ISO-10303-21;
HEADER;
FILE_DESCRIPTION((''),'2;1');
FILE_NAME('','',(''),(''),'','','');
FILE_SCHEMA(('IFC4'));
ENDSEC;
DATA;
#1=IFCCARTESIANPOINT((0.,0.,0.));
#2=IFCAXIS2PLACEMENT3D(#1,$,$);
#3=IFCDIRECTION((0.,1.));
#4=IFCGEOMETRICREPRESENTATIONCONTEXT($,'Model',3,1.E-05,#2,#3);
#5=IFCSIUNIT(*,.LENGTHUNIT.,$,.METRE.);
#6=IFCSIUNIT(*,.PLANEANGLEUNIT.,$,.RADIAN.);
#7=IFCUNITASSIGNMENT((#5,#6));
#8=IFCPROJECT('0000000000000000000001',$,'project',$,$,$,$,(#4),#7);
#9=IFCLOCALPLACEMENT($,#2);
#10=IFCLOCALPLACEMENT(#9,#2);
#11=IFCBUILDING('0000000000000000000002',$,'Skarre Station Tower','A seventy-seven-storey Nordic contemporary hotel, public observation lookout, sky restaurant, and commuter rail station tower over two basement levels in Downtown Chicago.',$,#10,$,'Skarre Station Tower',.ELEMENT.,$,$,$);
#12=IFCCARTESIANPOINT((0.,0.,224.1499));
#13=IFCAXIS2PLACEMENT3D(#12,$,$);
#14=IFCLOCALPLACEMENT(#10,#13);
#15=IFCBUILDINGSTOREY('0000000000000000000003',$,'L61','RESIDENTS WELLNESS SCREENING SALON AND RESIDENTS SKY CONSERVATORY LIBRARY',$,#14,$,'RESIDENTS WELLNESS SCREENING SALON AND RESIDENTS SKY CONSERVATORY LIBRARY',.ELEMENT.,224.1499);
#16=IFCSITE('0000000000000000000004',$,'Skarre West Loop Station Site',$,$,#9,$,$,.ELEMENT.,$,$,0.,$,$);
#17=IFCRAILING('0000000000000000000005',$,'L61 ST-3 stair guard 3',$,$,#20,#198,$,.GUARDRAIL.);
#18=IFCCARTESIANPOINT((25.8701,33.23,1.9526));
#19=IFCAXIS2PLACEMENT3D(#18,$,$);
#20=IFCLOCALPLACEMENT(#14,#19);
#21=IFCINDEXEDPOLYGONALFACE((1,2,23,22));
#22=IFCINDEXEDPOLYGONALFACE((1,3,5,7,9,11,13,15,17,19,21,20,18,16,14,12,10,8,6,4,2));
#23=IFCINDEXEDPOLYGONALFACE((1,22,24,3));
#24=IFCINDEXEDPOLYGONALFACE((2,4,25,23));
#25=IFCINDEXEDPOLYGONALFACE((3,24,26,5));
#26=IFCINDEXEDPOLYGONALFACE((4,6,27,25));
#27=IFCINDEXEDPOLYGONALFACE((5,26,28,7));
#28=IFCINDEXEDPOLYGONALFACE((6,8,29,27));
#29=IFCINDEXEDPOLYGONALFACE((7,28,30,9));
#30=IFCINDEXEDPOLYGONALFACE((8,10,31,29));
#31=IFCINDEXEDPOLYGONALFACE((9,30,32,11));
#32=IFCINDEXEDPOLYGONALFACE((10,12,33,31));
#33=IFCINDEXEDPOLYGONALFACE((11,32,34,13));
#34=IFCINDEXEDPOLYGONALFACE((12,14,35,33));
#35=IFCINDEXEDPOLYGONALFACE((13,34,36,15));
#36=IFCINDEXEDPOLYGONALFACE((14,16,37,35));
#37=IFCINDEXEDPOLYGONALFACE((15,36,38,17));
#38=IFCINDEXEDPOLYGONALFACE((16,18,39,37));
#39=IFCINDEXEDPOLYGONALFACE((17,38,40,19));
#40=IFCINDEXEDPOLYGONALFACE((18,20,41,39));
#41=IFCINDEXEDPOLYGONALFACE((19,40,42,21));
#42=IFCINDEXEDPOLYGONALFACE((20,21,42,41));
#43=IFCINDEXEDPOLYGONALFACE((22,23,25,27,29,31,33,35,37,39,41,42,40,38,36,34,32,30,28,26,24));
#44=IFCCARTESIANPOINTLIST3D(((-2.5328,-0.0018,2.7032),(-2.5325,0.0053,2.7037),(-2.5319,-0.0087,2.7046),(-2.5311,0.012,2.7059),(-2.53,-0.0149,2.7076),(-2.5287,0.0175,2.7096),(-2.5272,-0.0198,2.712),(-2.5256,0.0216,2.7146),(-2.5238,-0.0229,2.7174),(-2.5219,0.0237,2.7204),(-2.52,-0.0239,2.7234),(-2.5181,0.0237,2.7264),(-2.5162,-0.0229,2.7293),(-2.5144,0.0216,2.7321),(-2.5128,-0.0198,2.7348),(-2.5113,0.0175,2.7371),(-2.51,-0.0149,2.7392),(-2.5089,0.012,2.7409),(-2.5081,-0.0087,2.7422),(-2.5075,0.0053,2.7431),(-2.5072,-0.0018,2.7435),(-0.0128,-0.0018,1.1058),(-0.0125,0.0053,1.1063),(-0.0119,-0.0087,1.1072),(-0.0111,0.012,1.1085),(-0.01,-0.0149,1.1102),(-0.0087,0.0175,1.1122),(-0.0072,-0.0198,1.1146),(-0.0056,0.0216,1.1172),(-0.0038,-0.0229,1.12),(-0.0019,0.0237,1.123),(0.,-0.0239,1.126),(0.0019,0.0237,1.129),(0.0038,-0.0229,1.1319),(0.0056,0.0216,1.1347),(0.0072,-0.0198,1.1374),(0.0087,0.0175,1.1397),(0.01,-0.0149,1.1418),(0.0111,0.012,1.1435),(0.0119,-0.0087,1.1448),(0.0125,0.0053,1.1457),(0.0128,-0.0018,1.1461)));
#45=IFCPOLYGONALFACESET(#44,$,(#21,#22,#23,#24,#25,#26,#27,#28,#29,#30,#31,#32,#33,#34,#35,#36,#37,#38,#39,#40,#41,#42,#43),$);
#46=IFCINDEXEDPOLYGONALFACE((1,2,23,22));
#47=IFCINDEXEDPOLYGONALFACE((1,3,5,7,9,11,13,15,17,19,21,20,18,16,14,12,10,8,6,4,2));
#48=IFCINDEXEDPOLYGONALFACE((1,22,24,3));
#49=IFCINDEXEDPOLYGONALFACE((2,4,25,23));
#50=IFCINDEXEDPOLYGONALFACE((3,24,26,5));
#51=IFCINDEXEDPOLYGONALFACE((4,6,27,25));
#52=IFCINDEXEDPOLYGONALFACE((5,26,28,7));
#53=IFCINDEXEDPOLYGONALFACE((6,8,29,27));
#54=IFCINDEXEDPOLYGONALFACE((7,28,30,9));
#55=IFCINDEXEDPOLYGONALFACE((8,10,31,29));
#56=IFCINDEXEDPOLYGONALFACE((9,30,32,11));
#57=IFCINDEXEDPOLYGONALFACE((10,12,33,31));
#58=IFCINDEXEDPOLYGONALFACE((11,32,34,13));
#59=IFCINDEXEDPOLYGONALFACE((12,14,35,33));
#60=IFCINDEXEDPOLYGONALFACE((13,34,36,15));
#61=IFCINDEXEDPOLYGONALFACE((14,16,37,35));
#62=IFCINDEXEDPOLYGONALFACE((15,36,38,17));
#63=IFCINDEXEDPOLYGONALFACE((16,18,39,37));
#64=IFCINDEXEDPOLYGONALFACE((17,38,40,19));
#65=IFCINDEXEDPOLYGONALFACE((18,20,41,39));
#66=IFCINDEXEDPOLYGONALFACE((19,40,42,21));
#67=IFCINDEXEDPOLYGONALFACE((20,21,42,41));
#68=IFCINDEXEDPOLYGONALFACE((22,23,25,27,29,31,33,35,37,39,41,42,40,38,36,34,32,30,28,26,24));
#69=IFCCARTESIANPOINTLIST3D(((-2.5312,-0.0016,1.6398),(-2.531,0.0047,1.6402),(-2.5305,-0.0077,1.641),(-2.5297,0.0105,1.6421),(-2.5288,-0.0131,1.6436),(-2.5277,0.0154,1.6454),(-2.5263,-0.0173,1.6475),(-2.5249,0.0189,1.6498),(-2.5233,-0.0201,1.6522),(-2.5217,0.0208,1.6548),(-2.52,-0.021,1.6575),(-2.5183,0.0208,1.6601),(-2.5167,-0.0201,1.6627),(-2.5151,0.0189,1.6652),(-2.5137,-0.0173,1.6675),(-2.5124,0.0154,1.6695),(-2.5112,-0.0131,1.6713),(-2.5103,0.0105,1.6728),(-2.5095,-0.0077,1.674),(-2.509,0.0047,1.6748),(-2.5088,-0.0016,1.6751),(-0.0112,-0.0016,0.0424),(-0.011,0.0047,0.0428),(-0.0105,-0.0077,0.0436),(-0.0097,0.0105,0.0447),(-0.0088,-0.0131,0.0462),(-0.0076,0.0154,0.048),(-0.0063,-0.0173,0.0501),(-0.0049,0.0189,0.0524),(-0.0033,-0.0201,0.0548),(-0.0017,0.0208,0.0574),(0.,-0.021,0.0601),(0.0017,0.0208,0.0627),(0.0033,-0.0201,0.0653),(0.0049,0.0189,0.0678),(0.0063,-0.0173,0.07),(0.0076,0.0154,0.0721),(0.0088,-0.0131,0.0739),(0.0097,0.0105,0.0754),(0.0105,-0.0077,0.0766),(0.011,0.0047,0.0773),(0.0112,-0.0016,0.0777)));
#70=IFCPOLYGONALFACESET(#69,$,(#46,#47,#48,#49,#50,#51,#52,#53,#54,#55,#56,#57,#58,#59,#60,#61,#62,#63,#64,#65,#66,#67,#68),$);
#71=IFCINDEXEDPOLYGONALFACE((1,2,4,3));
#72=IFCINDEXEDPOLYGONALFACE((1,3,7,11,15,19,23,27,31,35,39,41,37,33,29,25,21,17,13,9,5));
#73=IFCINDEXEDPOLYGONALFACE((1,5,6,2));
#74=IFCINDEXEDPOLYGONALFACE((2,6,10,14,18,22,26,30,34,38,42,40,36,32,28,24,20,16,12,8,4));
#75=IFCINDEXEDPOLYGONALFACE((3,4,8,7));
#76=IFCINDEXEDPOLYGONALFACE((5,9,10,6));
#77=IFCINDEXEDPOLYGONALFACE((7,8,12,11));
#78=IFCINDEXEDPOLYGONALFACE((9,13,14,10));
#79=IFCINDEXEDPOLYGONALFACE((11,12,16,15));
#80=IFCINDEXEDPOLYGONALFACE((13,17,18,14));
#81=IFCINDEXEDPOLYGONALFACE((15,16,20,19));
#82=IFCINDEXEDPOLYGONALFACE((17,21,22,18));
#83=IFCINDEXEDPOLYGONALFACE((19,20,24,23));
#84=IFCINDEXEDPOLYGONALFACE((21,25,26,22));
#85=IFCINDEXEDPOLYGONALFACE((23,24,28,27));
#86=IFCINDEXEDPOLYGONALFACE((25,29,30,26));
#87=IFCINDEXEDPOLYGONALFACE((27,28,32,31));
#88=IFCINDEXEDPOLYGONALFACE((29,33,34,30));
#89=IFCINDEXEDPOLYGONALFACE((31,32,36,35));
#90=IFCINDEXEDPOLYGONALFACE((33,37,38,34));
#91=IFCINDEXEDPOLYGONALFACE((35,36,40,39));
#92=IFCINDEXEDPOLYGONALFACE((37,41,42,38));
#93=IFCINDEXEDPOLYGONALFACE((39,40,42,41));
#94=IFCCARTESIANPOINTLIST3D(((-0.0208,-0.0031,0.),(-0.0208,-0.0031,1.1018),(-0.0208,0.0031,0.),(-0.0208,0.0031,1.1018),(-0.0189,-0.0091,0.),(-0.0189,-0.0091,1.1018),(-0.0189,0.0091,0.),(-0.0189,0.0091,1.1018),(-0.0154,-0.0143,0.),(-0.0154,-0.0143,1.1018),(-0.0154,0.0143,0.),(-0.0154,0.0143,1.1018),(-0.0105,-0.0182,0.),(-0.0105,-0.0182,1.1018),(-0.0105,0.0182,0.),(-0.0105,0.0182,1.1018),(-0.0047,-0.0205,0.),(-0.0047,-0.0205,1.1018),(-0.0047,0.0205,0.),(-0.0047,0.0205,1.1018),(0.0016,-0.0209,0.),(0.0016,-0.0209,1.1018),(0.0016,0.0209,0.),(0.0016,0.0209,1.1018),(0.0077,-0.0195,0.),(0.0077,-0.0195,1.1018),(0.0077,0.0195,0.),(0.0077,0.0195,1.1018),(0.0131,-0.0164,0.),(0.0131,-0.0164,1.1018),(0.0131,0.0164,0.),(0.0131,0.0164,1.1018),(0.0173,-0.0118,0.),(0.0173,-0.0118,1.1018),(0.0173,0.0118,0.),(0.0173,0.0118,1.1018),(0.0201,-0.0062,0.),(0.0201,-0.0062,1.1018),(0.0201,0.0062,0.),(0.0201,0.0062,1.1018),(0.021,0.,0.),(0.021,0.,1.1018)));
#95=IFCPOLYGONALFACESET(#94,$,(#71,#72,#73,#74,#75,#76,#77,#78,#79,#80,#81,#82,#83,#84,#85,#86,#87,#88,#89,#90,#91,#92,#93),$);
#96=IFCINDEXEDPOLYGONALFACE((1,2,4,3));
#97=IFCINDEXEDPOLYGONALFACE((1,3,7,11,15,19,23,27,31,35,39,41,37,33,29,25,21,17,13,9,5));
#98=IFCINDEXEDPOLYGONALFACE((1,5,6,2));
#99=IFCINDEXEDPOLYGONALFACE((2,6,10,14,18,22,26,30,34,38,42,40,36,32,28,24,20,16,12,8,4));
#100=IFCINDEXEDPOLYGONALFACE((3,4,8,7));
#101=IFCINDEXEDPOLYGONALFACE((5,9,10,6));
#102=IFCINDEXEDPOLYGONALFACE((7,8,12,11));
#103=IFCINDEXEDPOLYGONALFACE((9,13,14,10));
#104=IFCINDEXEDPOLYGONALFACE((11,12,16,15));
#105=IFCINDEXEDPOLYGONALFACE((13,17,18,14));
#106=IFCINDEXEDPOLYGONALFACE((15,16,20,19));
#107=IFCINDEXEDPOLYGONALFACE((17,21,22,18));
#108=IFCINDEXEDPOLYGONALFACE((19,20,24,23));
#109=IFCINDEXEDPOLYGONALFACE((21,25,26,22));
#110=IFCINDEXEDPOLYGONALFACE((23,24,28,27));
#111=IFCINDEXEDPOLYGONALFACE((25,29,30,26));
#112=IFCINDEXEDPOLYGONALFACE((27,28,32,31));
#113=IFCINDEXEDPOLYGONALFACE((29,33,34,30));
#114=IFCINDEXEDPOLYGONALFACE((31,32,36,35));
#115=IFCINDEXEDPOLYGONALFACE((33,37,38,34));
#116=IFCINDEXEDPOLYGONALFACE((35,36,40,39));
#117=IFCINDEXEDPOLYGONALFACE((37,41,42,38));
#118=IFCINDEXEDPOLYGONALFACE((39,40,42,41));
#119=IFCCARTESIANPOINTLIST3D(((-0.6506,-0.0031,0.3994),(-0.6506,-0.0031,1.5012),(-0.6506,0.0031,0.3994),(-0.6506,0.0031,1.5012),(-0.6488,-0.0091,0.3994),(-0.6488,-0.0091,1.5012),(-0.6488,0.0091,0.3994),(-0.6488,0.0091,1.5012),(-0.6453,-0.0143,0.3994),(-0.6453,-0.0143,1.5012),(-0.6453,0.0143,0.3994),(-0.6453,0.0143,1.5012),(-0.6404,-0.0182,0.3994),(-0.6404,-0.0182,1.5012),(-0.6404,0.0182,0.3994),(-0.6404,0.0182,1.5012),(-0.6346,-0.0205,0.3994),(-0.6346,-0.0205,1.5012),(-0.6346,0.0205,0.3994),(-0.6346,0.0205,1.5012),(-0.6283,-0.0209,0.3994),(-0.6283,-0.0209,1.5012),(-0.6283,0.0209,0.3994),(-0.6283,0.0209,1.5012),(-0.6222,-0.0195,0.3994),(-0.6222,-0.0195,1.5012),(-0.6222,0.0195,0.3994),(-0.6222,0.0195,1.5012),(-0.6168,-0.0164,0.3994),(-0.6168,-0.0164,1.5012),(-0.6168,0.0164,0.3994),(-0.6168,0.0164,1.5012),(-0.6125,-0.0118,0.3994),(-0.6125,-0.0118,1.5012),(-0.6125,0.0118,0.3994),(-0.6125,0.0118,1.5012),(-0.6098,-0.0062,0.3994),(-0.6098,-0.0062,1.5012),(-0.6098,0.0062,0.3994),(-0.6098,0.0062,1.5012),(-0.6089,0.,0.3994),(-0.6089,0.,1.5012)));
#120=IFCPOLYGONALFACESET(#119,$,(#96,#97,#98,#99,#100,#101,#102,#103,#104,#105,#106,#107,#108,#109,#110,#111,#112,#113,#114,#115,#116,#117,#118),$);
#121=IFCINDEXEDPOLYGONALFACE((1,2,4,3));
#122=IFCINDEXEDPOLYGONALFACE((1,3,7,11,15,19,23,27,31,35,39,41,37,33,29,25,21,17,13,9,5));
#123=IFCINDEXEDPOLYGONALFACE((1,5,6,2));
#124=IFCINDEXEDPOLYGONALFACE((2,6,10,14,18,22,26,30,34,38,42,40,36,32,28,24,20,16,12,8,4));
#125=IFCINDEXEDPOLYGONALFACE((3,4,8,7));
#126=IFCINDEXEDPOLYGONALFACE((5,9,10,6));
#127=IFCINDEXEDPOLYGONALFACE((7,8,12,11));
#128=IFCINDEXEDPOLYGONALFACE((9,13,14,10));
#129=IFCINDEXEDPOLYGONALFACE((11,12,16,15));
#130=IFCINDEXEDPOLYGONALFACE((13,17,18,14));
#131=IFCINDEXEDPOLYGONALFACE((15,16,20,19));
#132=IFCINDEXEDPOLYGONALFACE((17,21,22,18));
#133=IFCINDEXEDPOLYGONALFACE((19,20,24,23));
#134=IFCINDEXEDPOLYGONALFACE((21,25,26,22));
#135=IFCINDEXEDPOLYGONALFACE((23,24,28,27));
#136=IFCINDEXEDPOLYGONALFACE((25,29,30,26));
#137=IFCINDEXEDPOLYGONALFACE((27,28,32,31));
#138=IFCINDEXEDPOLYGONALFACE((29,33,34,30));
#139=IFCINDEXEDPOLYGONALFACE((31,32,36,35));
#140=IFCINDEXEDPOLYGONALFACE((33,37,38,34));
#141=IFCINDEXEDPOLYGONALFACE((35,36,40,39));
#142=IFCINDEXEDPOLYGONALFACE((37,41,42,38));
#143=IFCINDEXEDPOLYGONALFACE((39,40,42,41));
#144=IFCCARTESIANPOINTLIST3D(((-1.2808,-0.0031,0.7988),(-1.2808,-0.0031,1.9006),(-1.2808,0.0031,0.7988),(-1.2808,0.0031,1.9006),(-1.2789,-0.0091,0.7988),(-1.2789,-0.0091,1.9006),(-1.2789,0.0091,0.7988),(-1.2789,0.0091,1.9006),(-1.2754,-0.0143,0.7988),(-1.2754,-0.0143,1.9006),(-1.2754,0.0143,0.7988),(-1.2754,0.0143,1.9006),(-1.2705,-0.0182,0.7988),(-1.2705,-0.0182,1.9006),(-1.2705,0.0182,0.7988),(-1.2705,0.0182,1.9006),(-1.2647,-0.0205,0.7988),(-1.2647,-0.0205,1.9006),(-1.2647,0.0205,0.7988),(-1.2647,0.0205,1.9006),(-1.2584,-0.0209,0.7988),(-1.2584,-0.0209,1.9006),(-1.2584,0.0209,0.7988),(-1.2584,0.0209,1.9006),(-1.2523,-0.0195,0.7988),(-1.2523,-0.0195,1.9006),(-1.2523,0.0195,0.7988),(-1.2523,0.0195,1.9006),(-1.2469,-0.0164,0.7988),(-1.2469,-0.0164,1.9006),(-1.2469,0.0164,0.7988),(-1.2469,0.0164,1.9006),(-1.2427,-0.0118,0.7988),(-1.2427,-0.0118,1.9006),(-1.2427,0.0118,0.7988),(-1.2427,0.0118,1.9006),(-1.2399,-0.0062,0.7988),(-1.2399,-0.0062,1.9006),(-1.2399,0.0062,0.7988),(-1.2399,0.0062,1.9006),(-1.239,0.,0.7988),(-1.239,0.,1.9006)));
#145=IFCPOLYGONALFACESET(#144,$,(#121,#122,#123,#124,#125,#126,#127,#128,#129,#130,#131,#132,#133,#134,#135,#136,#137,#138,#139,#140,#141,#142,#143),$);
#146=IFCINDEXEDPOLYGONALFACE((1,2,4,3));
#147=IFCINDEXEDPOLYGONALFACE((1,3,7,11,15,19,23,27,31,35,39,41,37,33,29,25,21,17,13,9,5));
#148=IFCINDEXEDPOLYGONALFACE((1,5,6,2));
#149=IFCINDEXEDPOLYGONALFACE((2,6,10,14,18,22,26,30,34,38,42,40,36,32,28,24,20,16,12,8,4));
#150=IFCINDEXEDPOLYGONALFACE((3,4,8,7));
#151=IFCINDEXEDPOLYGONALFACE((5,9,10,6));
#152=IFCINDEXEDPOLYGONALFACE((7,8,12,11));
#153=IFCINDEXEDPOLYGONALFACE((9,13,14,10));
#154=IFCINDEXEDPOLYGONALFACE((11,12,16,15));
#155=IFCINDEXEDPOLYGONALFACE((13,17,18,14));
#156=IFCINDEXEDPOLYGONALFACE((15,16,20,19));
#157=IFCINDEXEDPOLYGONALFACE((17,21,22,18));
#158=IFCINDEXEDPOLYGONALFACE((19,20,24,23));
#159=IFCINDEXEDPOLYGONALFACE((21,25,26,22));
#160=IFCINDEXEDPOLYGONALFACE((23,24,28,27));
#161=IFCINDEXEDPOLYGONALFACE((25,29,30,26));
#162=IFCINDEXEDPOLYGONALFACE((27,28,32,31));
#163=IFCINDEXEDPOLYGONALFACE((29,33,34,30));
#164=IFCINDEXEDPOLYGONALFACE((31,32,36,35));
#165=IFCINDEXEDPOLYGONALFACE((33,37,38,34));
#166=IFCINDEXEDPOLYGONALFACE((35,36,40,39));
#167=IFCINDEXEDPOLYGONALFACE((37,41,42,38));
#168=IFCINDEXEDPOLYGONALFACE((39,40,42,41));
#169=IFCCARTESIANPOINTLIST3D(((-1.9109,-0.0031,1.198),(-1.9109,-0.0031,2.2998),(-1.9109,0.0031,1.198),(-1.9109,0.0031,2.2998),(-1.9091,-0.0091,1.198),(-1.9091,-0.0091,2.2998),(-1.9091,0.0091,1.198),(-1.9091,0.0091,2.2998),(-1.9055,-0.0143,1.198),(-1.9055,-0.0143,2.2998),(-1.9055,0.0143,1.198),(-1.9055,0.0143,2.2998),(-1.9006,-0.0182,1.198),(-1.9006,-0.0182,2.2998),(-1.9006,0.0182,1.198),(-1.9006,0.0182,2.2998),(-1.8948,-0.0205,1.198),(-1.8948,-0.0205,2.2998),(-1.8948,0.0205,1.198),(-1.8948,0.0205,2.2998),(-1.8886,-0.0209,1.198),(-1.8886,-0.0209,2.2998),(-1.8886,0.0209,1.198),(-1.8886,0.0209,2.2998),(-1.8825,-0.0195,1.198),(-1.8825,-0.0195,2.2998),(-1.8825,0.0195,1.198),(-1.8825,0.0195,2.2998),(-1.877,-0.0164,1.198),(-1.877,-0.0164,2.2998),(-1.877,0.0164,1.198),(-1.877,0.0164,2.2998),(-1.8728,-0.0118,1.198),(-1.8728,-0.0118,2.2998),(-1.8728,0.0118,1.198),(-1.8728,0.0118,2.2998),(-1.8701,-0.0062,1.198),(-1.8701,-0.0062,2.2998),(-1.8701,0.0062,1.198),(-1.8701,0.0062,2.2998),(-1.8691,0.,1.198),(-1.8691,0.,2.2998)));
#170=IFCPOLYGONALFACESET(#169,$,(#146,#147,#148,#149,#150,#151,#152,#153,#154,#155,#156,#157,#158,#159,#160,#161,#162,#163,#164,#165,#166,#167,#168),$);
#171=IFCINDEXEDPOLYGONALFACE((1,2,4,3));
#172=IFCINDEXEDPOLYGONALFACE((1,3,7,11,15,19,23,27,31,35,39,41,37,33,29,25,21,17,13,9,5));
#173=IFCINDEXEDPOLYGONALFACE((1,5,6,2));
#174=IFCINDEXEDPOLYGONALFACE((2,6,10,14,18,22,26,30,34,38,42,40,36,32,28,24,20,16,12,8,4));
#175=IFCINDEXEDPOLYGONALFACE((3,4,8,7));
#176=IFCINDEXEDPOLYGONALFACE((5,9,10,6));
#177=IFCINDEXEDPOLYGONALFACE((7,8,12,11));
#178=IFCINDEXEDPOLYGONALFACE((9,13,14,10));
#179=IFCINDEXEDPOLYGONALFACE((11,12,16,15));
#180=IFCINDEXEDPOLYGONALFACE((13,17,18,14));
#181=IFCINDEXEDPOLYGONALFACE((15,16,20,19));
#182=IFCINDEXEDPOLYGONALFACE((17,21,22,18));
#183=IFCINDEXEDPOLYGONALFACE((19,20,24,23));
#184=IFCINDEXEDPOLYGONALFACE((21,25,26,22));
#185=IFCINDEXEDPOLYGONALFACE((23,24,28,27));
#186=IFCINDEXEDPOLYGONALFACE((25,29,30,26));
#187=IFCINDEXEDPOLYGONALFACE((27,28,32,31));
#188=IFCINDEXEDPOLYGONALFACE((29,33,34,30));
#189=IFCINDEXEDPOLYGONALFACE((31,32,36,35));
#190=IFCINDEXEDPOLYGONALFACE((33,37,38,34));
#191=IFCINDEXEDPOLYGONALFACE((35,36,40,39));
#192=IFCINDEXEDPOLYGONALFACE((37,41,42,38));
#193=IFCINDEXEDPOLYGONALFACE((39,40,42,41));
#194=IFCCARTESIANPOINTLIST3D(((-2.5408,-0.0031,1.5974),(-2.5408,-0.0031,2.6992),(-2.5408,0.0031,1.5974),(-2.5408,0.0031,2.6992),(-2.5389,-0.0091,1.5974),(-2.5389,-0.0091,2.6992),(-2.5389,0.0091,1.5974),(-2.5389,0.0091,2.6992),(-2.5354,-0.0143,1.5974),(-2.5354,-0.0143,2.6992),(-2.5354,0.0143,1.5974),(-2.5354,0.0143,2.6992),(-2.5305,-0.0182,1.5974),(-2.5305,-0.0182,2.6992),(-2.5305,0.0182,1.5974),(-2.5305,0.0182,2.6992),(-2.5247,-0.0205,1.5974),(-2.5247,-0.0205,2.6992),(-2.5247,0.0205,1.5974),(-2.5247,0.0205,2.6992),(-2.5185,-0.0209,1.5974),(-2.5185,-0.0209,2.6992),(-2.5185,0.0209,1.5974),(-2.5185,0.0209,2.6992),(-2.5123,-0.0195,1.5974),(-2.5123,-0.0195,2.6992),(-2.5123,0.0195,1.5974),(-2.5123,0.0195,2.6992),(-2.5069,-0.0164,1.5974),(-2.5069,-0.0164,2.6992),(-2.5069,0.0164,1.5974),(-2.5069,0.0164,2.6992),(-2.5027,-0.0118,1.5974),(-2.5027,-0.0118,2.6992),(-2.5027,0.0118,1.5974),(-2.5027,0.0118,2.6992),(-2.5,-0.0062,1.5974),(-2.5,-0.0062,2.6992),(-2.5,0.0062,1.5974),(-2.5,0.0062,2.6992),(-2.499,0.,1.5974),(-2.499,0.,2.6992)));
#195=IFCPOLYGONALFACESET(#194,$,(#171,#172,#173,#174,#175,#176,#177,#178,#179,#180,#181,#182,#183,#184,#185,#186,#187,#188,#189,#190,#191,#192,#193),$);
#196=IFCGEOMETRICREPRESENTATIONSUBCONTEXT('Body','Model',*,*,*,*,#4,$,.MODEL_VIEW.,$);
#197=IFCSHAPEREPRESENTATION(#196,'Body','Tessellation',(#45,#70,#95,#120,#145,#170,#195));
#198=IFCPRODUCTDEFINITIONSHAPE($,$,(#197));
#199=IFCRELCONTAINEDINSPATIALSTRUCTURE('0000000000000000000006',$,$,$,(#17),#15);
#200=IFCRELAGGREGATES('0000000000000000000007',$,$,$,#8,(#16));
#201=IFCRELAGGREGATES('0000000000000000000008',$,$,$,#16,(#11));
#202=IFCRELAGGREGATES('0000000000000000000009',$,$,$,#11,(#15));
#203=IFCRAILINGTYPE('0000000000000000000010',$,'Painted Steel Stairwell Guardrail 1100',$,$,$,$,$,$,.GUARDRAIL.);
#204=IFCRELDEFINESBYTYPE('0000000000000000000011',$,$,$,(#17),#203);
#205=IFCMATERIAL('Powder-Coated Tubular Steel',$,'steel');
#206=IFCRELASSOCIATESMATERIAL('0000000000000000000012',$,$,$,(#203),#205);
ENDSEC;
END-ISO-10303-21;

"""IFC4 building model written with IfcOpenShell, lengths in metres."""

from ifc_helpers import new_model, si_unit, direction, frame, origin, origin_2d, place, context, subcontext, project, spatial, circle, extrude, material, type_object, element, save


model = new_model("IFC4")

# Units and contexts
model_context = context("Model", 3, precision=1e-05, world=origin(), true_north=direction((0.0, 1.0)))
body_context = subcontext(model_context, "Body", "Model", "MODEL_VIEW")
ifc_project = project(units=[si_unit("LENGTHUNIT", "METRE"), si_unit("PLANEANGLEUNIT", "RADIAN")], contexts=[model_context])

# Site, building, storey
site_placement = place(None, origin())
site = spatial("IfcSite", under=ifc_project, at=site_placement, Name="Skarre West Loop Station Site", CompositionType="ELEMENT", RefElevation=0.0)
building_placement = place(site_placement, origin())
building = spatial("IfcBuilding", under=site, at=building_placement, Name="Skarre Station Tower", Description="A seventy-seven-storey Nordic contemporary hotel, public observation lookout, sky restaurant, and commuter rail station tower over two basement levels in Downtown Chicago.", LongName="Skarre Station Tower", CompositionType="ELEMENT")
storey_placement = place(building_placement, frame((0.0, 0.0, 224.1499)))
storey = spatial("IfcBuildingStorey", under=building, at=storey_placement, Name="L61", Description="RESIDENTS WELLNESS SCREENING SALON AND RESIDENTS SKY CONSERVATORY LIBRARY", LongName="RESIDENTS WELLNESS SCREENING SALON AND RESIDENTS SKY CONSERVATORY LIBRARY", CompositionType="ELEMENT", Elevation=224.1499)

# Railing
ifc_material_1 = material(Name="Powder-Coated Tubular Steel", Category="steel")
railing_type_1 = type_object("IfcRailingType", Name="Painted Steel Stairwell Guardrail 1100", PredefinedType="GUARDRAIL", material=ifc_material_1)
railing_1_placement = place(storey_placement, frame((25.8701, 33.23, 1.9526)))
element("IfcRailing", 1, at=railing_1_placement, inside=storey, type_object=railing_type_1, Name="L61 ST-3 stair guard 3", PredefinedType="GUARDRAIL", context=body_context, shape_type="SweptSolid", body=[
    extrude(circle(Radius=0.0239, at=origin_2d()), frame((0.0, 0.0, 1.126), z_axis=(-0.844607, 0.0, 0.535387), x_axis=(0.0, -1.0, 0.0)), (0.0, 0.0, 1.0), 2.9836),
    extrude(circle(Radius=0.021, at=origin_2d()), frame((0.0, 0.0, 0.0601), z_axis=(-0.844607, 0.0, 0.535387), x_axis=(0.0, -1.0, 0.0)), (0.0, 0.0, 1.0), 2.9836),
    extrude(circle(Radius=0.021, at=origin_2d()), origin(), (0.0, 0.0, 1.0), 1.1018),
    extrude(circle(Radius=0.021, at=origin_2d()), frame((-0.6299, 0.0, 0.3994)), (0.0, 0.0, 1.0), 1.1018),
    extrude(circle(Radius=0.021, at=origin_2d()), frame((-1.26, 0.0, 0.7988)), (0.0, 0.0, 1.0), 1.1018),
    extrude(circle(Radius=0.021, at=origin_2d()), frame((-1.8901, 0.0, 1.198)), (0.0, 0.0, 1.0), 1.1018),
    extrude(circle(Radius=0.021, at=origin_2d()), frame((-2.52, 0.0, 1.5974)), (0.0, 0.0, 1.0), 1.1018),
])

save(model, "model.ifc")
